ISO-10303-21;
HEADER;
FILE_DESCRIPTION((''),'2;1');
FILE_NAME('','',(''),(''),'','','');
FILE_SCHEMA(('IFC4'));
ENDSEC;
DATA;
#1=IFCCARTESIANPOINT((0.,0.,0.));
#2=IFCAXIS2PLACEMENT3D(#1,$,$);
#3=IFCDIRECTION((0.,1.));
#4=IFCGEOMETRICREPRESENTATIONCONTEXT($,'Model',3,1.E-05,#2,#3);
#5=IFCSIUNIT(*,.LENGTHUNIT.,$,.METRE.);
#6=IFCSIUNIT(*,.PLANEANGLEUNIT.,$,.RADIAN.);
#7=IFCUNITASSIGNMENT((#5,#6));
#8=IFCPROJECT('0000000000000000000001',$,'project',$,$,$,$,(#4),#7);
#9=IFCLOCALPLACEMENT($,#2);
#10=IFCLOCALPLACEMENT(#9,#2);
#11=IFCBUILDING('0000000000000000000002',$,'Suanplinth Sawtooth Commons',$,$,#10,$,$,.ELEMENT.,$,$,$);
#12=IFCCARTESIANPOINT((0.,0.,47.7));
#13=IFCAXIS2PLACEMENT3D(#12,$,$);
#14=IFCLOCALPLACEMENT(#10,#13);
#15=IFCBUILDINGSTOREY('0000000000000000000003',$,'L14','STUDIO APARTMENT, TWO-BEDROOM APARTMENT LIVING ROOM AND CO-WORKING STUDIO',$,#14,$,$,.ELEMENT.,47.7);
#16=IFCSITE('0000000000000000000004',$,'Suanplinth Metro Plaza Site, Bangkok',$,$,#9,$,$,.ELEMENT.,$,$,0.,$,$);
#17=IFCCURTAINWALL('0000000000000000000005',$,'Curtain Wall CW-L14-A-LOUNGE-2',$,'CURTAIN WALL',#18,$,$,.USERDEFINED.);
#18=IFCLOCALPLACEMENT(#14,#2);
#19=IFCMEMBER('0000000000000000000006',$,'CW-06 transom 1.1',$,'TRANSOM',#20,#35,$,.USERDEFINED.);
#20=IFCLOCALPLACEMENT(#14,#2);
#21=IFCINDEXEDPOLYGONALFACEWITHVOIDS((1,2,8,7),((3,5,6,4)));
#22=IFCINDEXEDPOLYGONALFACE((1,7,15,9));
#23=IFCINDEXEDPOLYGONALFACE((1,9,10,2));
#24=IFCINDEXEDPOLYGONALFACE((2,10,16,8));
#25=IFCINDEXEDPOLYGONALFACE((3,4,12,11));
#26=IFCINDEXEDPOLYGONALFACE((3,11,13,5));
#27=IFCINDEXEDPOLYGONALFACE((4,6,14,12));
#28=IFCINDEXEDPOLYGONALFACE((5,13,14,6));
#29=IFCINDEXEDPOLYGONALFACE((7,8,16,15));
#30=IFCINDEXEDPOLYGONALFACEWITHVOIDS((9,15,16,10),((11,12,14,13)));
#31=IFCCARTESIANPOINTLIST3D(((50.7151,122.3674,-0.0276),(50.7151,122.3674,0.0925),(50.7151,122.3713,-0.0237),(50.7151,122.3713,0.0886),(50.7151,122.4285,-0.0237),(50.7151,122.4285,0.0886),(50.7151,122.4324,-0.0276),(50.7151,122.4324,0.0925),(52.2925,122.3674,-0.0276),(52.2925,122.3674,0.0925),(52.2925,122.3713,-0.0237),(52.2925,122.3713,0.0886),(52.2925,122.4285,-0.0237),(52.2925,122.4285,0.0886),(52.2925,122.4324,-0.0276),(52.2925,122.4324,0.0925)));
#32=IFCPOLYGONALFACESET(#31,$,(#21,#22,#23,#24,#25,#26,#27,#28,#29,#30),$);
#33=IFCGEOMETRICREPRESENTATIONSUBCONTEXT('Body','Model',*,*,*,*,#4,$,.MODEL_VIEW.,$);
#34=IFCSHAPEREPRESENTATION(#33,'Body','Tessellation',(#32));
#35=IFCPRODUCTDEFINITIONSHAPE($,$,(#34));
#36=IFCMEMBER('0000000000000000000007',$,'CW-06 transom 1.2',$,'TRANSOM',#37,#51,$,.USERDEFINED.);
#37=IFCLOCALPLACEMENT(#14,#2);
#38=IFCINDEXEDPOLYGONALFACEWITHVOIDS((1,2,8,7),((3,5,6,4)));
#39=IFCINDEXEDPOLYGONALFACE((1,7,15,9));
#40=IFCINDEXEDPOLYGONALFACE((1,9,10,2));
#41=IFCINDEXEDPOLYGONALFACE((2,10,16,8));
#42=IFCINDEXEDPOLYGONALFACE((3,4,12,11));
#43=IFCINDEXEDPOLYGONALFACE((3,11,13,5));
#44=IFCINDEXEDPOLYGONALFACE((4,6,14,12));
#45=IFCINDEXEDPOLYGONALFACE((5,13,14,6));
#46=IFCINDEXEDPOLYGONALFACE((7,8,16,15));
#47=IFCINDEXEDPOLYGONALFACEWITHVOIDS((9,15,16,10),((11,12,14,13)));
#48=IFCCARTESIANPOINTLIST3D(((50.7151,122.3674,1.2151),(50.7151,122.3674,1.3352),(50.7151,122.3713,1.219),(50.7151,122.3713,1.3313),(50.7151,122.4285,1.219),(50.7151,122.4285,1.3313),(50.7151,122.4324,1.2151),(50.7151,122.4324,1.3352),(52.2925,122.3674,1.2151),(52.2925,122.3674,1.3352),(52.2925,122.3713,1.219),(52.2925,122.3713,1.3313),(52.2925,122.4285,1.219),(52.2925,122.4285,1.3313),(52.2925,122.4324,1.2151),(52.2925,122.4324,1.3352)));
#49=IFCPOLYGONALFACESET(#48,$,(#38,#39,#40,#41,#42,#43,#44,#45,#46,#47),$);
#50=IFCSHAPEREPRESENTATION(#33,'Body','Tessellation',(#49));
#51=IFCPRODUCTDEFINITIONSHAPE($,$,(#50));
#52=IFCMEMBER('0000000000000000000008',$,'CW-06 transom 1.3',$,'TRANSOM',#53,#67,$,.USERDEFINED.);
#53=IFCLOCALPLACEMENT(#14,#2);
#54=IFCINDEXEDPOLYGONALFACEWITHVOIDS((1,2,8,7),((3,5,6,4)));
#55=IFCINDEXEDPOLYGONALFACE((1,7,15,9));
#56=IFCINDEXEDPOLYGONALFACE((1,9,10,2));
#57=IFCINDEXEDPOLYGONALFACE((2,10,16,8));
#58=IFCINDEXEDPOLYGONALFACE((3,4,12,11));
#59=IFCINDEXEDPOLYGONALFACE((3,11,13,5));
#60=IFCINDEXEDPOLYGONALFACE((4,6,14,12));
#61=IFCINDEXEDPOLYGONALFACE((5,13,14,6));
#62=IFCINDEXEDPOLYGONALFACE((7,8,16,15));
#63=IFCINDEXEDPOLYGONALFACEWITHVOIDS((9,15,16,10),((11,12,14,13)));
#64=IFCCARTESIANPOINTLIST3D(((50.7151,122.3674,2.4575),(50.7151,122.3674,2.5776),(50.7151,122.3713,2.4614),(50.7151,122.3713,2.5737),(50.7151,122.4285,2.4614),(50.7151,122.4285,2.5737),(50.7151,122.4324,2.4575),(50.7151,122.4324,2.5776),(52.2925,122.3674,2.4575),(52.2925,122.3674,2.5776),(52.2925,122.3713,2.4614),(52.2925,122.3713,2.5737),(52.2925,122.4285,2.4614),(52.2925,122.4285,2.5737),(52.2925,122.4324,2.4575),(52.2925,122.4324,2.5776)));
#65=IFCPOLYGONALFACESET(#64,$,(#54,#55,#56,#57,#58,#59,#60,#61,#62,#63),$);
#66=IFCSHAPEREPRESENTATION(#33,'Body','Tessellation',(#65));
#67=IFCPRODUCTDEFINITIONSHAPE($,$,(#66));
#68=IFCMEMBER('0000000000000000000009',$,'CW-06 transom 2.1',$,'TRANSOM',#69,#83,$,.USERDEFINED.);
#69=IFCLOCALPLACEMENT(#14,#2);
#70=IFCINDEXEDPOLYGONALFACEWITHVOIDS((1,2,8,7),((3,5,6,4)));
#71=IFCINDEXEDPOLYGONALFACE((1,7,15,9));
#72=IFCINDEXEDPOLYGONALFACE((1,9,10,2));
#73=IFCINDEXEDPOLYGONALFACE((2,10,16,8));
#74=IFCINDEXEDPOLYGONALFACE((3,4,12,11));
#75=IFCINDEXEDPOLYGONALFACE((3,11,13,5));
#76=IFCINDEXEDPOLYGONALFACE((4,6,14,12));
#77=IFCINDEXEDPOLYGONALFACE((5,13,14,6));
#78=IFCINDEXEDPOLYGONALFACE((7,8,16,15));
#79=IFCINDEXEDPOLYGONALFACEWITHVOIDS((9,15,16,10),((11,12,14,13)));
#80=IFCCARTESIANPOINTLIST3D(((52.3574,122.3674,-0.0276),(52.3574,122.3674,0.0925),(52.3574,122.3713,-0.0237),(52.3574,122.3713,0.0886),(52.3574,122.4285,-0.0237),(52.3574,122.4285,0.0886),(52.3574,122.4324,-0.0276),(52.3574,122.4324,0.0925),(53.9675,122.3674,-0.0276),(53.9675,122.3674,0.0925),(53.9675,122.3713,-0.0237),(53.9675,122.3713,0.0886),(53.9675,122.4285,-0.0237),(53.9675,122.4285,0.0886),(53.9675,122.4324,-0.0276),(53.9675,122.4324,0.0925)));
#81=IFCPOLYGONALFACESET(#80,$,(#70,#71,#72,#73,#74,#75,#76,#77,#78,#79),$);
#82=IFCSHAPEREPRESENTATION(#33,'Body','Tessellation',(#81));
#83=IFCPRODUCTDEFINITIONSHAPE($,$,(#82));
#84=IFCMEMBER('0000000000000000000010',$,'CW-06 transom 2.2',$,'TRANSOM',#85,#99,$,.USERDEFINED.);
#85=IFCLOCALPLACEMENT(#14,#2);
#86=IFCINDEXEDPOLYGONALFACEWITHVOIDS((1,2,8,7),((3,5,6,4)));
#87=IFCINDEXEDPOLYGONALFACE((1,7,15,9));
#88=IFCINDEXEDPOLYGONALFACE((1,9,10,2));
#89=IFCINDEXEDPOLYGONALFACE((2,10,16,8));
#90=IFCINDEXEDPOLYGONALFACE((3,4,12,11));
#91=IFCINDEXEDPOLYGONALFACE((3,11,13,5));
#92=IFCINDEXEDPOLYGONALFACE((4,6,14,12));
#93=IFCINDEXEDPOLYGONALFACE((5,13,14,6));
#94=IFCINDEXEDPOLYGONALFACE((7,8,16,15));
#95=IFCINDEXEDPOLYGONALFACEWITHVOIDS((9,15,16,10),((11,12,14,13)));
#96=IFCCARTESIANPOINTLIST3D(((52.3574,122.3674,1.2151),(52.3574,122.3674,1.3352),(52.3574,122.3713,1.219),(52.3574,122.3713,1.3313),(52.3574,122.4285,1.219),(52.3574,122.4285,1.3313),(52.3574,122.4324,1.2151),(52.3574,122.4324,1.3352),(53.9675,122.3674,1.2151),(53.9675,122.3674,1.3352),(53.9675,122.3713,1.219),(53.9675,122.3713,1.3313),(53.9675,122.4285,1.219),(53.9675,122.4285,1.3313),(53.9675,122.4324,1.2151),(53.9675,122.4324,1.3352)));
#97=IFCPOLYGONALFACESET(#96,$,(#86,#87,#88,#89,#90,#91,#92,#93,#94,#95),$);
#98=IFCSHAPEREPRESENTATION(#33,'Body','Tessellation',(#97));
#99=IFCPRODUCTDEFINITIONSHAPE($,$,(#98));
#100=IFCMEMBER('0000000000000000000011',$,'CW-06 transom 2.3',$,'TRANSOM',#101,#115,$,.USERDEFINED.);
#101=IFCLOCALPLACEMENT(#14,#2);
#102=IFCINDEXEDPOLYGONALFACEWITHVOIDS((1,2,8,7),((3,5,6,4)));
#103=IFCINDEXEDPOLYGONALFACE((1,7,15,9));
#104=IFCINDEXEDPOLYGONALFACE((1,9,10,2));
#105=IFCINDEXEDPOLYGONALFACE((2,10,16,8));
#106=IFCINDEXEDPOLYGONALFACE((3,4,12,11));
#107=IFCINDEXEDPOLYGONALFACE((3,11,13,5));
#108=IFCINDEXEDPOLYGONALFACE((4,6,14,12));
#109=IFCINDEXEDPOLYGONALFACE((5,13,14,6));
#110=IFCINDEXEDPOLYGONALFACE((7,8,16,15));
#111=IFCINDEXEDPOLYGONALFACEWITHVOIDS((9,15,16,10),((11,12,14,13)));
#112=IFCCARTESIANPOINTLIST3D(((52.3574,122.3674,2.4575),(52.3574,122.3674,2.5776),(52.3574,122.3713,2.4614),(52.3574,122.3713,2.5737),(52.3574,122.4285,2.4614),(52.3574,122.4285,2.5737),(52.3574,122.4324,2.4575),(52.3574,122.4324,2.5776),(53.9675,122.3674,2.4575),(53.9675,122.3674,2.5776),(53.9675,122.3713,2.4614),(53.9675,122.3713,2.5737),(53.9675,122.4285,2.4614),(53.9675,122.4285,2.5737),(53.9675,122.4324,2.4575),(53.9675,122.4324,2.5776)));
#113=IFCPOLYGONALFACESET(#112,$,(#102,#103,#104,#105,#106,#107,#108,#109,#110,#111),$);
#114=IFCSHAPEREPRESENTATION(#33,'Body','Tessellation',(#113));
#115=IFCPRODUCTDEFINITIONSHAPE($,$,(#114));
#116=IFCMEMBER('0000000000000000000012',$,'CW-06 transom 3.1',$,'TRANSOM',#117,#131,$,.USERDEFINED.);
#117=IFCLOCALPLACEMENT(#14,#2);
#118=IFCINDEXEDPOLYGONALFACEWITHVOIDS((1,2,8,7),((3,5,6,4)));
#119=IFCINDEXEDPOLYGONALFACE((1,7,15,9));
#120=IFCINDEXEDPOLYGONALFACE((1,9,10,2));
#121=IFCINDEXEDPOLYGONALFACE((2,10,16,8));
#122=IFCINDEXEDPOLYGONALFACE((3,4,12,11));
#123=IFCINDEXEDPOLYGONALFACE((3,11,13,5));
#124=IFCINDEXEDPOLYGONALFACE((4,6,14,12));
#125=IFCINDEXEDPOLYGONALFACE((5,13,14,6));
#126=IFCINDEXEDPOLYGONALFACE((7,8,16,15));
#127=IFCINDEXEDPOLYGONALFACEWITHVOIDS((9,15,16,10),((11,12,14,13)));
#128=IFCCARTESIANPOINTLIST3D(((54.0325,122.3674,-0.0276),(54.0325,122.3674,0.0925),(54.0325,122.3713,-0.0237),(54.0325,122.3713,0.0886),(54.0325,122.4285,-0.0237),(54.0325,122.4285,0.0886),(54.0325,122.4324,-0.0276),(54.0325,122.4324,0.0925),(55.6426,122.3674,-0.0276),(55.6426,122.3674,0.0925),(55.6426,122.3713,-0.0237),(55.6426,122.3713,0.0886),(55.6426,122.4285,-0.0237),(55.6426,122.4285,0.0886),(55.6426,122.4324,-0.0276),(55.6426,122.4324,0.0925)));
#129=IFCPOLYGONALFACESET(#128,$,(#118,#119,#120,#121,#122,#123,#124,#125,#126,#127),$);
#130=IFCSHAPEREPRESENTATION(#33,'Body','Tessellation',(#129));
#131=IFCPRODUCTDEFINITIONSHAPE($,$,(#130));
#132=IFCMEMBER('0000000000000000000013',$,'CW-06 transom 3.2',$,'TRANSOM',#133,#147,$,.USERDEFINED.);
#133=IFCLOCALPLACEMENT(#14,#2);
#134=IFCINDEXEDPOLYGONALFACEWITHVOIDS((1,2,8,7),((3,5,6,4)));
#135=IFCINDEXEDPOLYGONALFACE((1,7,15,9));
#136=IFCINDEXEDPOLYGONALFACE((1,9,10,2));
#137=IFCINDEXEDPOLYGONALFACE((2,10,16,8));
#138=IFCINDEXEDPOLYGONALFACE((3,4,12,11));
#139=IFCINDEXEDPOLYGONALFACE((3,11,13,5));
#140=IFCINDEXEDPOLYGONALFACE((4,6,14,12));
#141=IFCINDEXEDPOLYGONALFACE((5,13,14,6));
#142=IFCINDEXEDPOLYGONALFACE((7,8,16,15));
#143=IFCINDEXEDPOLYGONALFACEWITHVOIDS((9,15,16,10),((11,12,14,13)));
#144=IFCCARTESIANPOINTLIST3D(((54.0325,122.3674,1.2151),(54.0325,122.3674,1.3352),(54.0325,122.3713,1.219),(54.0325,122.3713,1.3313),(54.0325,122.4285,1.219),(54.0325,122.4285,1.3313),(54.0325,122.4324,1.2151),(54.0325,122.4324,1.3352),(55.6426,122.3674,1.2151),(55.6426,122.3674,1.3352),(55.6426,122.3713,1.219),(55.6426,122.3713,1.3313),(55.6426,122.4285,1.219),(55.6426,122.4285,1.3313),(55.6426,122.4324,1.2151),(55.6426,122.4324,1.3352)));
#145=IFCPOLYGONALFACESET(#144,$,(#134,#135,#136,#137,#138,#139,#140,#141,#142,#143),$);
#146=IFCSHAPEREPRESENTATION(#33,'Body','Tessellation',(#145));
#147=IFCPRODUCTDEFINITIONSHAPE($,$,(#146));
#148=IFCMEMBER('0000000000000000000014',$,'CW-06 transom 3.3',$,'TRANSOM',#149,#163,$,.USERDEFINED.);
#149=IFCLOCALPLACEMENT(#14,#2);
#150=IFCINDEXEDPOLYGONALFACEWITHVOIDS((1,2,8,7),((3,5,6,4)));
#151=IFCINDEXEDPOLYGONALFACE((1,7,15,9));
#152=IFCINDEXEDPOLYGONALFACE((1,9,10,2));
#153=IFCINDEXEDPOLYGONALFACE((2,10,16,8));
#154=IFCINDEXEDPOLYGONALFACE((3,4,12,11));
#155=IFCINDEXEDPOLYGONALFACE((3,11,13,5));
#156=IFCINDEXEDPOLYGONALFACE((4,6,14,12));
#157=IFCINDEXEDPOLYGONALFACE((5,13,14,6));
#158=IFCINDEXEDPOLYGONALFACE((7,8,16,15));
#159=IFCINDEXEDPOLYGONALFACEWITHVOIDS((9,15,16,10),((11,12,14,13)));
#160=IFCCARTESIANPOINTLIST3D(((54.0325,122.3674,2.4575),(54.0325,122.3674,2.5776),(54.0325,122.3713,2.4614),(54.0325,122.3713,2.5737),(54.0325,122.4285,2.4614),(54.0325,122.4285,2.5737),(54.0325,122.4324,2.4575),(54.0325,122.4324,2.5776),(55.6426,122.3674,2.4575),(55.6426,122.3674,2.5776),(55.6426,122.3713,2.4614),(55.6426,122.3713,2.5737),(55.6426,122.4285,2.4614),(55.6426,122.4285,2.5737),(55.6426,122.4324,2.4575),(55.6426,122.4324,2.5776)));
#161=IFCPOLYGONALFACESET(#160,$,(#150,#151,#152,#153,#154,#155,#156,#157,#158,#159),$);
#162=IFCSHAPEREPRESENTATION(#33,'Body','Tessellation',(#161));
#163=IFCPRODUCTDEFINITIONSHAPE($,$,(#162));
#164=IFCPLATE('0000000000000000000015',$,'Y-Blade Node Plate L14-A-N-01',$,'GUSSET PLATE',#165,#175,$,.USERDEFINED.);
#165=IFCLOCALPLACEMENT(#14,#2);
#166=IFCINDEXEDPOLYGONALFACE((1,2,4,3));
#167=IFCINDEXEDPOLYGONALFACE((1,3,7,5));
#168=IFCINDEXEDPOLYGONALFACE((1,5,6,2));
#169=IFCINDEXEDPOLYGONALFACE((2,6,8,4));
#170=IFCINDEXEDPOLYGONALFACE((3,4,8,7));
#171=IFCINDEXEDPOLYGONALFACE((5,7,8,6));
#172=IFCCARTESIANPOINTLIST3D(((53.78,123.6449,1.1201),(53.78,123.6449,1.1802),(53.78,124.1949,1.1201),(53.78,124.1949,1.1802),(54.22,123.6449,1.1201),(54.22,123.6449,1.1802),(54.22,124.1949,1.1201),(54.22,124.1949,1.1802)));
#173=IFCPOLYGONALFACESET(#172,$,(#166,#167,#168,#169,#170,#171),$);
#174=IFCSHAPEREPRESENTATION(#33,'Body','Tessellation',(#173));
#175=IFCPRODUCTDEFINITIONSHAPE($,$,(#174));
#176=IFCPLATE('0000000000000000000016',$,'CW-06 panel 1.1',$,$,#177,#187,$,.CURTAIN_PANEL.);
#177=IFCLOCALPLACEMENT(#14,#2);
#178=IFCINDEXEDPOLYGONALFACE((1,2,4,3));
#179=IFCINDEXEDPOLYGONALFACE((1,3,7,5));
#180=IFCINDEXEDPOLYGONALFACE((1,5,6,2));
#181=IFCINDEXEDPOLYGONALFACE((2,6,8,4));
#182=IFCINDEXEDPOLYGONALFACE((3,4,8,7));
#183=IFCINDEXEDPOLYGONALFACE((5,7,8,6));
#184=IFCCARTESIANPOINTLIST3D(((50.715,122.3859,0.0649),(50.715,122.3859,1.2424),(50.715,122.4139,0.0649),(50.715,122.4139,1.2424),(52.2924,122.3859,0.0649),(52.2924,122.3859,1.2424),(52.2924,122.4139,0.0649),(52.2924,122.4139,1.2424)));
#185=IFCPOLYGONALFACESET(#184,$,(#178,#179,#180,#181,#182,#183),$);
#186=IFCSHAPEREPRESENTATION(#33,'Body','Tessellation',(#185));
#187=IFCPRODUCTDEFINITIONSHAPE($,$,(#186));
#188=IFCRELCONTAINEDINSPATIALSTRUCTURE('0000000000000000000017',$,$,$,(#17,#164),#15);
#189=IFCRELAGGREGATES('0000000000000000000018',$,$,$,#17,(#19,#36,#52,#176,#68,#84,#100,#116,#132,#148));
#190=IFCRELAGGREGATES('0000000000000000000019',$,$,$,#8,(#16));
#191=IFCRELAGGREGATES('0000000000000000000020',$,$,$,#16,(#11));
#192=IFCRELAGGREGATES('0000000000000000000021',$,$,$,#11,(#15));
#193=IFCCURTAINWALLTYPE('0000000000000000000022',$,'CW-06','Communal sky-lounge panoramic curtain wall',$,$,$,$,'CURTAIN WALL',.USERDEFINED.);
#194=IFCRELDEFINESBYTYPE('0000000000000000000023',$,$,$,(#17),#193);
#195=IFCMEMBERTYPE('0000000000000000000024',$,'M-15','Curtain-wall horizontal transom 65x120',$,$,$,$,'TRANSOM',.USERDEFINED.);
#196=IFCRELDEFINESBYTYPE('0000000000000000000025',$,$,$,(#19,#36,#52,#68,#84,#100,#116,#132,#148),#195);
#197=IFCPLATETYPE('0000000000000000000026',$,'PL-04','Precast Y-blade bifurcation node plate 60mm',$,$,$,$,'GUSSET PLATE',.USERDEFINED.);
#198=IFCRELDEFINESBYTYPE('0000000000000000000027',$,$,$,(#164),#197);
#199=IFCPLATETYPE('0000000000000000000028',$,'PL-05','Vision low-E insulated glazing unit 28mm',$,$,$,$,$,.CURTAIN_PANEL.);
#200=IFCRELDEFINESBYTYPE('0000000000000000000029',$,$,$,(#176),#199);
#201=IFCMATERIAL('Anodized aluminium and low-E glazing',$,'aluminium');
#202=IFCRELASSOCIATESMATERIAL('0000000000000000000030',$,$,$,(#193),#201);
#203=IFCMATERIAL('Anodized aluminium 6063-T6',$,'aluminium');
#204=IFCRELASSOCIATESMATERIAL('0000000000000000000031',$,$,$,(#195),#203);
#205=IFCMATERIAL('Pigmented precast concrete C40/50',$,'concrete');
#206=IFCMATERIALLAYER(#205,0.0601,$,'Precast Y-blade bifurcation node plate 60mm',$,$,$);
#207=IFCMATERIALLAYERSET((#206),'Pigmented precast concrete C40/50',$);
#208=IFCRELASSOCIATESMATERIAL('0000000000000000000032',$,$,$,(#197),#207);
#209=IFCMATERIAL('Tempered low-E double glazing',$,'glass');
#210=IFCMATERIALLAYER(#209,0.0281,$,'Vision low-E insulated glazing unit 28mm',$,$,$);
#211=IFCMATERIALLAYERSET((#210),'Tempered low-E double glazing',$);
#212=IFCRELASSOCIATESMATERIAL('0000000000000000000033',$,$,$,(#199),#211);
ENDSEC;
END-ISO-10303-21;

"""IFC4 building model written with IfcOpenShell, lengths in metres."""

from ifc_helpers import new_model, si_unit, direction, frame, origin, origin_2d, place, context, subcontext, project, spatial, rectangle, hollow_rectangle, extrude, material, layer, layer_set, material_profile, profile_set, type_object, element, aggregate, save


model = new_model("IFC4")

# Units and contexts
model_context = context("Model", 3, precision=1e-05, world=origin(), true_north=direction((0.0, 1.0)))
body_context = subcontext(model_context, "Body", "Model", "MODEL_VIEW")
ifc_project = project(units=[si_unit("LENGTHUNIT", "METRE"), si_unit("PLANEANGLEUNIT", "RADIAN")], contexts=[model_context])

# Site, building, storey
site_placement = place(None, origin())
site = spatial("IfcSite", under=ifc_project, at=site_placement, Name="Suanplinth Metro Plaza Site, Bangkok", CompositionType="ELEMENT", RefElevation=0.0)
building_placement = place(site_placement, origin())
building = spatial("IfcBuilding", under=site, at=building_placement, Name="Suanplinth Sawtooth Commons", CompositionType="ELEMENT")
storey_placement = place(building_placement, frame((0.0, 0.0, 47.7)))
storey = spatial("IfcBuildingStorey", under=building, at=storey_placement, Name="L14", Description="STUDIO APARTMENT, TWO-BEDROOM APARTMENT LIVING ROOM AND CO-WORKING STUDIO", CompositionType="ELEMENT", Elevation=47.7)

# Shared definitions
ifc_material_1 = material(Name="Pigmented precast concrete C40/50", Category="concrete")

# Curtain wall, members
ifc_material_2 = material(Name="Anodized aluminium and low-E glazing", Category="aluminium")
curtain_wall_type = type_object("IfcCurtainWallType", Name="CW-06", Description="Communal sky-lounge panoramic curtain wall", ElementType="CURTAIN WALL", PredefinedType="USERDEFINED", material=ifc_material_2)
curtain_wall_placement = place(storey_placement, origin())
curtain_wall = element("IfcCurtainWall", 1, at=curtain_wall_placement, inside=storey, type_object=curtain_wall_type, Name="Curtain Wall CW-L14-A-LOUNGE-2", ObjectType="CURTAIN WALL", PredefinedType="USERDEFINED")
ifc_material_3 = material(Name="Anodized aluminium 6063-T6", Category="aluminium")
ifc_material_profile_1 = material_profile(ifc_material_3, hollow_rectangle(XDim=0.0649, YDim=0.1201, WallThickness=0.0039, at=origin_2d()), Name="ALU-TRN 65x120")
ifc_profile_set_1 = profile_set([ifc_material_profile_1], Name="Anodized aluminium 6063-T6")
member_type_1 = type_object("IfcMemberType", Name="M-15", Description="Curtain-wall horizontal transom 65x120", ElementType="TRANSOM", PredefinedType="USERDEFINED", material=ifc_profile_set_1)
member_1_placement = place(storey_placement, frame((50.7151, 122.3999, 0.0325), z_axis=(1.0, 0.0, 0.0), x_axis=(0.0, 1.0, 0.0)))
member_1 = element("IfcMember", 2, at=member_1_placement, type_object=member_type_1, Name="CW-06 transom 1.1", ObjectType="TRANSOM", PredefinedType="USERDEFINED", context=body_context, shape_type="SweptSolid", body=[
    extrude(hollow_rectangle(XDim=0.0649, YDim=0.1201, WallThickness=0.0039, at=origin_2d()), origin(), (0.0, 0.0, 1.0), 1.5774),
])
member_2_placement = place(storey_placement, frame((50.7151, 122.3999, 1.2751), z_axis=(1.0, 0.0, 0.0), x_axis=(0.0, 1.0, 0.0)))
member_2 = element("IfcMember", 3, at=member_2_placement, type_object=member_type_1, Name="CW-06 transom 1.2", ObjectType="TRANSOM", PredefinedType="USERDEFINED", context=body_context, shape_type="SweptSolid", body=[
    extrude(hollow_rectangle(XDim=0.0649, YDim=0.1201, WallThickness=0.0039, at=origin_2d()), origin(), (0.0, 0.0, 1.0), 1.5774),
])
member_3_placement = place(storey_placement, frame((50.7151, 122.3999, 2.5176), z_axis=(1.0, 0.0, 0.0), x_axis=(0.0, 1.0, 0.0)))
member_3 = element("IfcMember", 4, at=member_3_placement, type_object=member_type_1, Name="CW-06 transom 1.3", ObjectType="TRANSOM", PredefinedType="USERDEFINED", context=body_context, shape_type="SweptSolid", body=[
    extrude(hollow_rectangle(XDim=0.0649, YDim=0.1201, WallThickness=0.0039, at=origin_2d()), origin(), (0.0, 0.0, 1.0), 1.5774),
])
member_4_placement = place(storey_placement, frame((52.3574, 122.3999, 0.0325), z_axis=(1.0, 0.0, 0.0), x_axis=(0.0, 1.0, 0.0)))
member_4 = element("IfcMember", 5, at=member_4_placement, type_object=member_type_1, Name="CW-06 transom 2.1", ObjectType="TRANSOM", PredefinedType="USERDEFINED", context=body_context, shape_type="SweptSolid", body=[
    extrude(hollow_rectangle(XDim=0.0649, YDim=0.1201, WallThickness=0.0039, at=origin_2d()), origin(), (0.0, 0.0, 1.0), 1.6101),
])
member_5_placement = place(storey_placement, frame((52.3574, 122.3999, 1.2751), z_axis=(1.0, 0.0, 0.0), x_axis=(0.0, 1.0, 0.0)))
member_5 = element("IfcMember", 6, at=member_5_placement, type_object=member_type_1, Name="CW-06 transom 2.2", ObjectType="TRANSOM", PredefinedType="USERDEFINED", context=body_context, shape_type="SweptSolid", body=[
    extrude(hollow_rectangle(XDim=0.0649, YDim=0.1201, WallThickness=0.0039, at=origin_2d()), origin(), (0.0, 0.0, 1.0), 1.6101),
])
member_6_placement = place(storey_placement, frame((52.3574, 122.3999, 2.5176), z_axis=(1.0, 0.0, 0.0), x_axis=(0.0, 1.0, 0.0)))
member_6 = element("IfcMember", 7, at=member_6_placement, type_object=member_type_1, Name="CW-06 transom 2.3", ObjectType="TRANSOM", PredefinedType="USERDEFINED", context=body_context, shape_type="SweptSolid", body=[
    extrude(hollow_rectangle(XDim=0.0649, YDim=0.1201, WallThickness=0.0039, at=origin_2d()), origin(), (0.0, 0.0, 1.0), 1.6101),
])
member_7_placement = place(storey_placement, frame((54.0325, 122.3999, 0.0325), z_axis=(1.0, 0.0, 0.0), x_axis=(0.0, 1.0, 0.0)))
member_7 = element("IfcMember", 8, at=member_7_placement, type_object=member_type_1, Name="CW-06 transom 3.1", ObjectType="TRANSOM", PredefinedType="USERDEFINED", context=body_context, shape_type="SweptSolid", body=[
    extrude(hollow_rectangle(XDim=0.0649, YDim=0.1201, WallThickness=0.0039, at=origin_2d()), origin(), (0.0, 0.0, 1.0), 1.6101),
])
member_8_placement = place(storey_placement, frame((54.0325, 122.3999, 1.2751), z_axis=(1.0, 0.0, 0.0), x_axis=(0.0, 1.0, 0.0)))
member_8 = element("IfcMember", 9, at=member_8_placement, type_object=member_type_1, Name="CW-06 transom 3.2", ObjectType="TRANSOM", PredefinedType="USERDEFINED", context=body_context, shape_type="SweptSolid", body=[
    extrude(hollow_rectangle(XDim=0.0649, YDim=0.1201, WallThickness=0.0039, at=origin_2d()), origin(), (0.0, 0.0, 1.0), 1.6101),
])
member_9_placement = place(storey_placement, frame((54.0325, 122.3999, 2.5176), z_axis=(1.0, 0.0, 0.0), x_axis=(0.0, 1.0, 0.0)))
member_9 = element("IfcMember", 10, at=member_9_placement, type_object=member_type_1, Name="CW-06 transom 3.3", ObjectType="TRANSOM", PredefinedType="USERDEFINED", context=body_context, shape_type="SweptSolid", body=[
    extrude(hollow_rectangle(XDim=0.0649, YDim=0.1201, WallThickness=0.0039, at=origin_2d()), origin(), (0.0, 0.0, 1.0), 1.6101),
])

# Plates
ifc_layer_1 = layer(ifc_material_1, 0.0601, Name="Precast Y-blade bifurcation node plate 60mm")
ifc_layer_set_1 = layer_set([ifc_layer_1], Name="Pigmented precast concrete C40/50")
plate_type_1 = type_object("IfcPlateType", Name="PL-04", Description="Precast Y-blade bifurcation node plate 60mm", ElementType="GUSSET PLATE", PredefinedType="USERDEFINED", material=ifc_layer_set_1)
plate_1_placement = place(storey_placement, frame((54.0, 123.9199, 1.1201), z_axis=(0.0, 0.0, 1.0), x_axis=(1.0, 0.0, 0.0)))
element("IfcPlate", 11, at=plate_1_placement, inside=storey, type_object=plate_type_1, Name="Y-Blade Node Plate L14-A-N-01", ObjectType="GUSSET PLATE", PredefinedType="USERDEFINED", context=body_context, shape_type="SweptSolid", body=[
    extrude(rectangle(XDim=0.4399, YDim=0.55, at=origin_2d()), origin(), (0.0, 0.0, 1.0), 0.0601),
])
ifc_material_4 = material(Name="Tempered low-E double glazing", Category="glass")
ifc_layer_2 = layer(ifc_material_4, 0.0281, Name="Vision low-E insulated glazing unit 28mm")
ifc_layer_set_2 = layer_set([ifc_layer_2], Name="Tempered low-E double glazing")
plate_type_2 = type_object("IfcPlateType", Name="PL-05", Description="Vision low-E insulated glazing unit 28mm", PredefinedType="CURTAIN_PANEL", material=ifc_layer_set_2)
plate_2_placement = place(storey_placement, frame((51.5037, 122.3999, 0.0649), z_axis=(0.0, 0.0, 1.0), x_axis=(1.0, 0.0, 0.0)))
plate_2 = element("IfcPlate", 12, at=plate_2_placement, type_object=plate_type_2, Name="CW-06 panel 1.1", PredefinedType="CURTAIN_PANEL", context=body_context, shape_type="SweptSolid", body=[
    extrude(rectangle(XDim=1.5774, YDim=0.0281, at=origin_2d()), origin(), (0.0, 0.0, 1.0), 1.1775),
])
aggregate(curtain_wall, [member_1, member_2, member_3, plate_2, member_4, member_5, member_6, member_7, member_8, member_9])

save(model, "model.ifc")
